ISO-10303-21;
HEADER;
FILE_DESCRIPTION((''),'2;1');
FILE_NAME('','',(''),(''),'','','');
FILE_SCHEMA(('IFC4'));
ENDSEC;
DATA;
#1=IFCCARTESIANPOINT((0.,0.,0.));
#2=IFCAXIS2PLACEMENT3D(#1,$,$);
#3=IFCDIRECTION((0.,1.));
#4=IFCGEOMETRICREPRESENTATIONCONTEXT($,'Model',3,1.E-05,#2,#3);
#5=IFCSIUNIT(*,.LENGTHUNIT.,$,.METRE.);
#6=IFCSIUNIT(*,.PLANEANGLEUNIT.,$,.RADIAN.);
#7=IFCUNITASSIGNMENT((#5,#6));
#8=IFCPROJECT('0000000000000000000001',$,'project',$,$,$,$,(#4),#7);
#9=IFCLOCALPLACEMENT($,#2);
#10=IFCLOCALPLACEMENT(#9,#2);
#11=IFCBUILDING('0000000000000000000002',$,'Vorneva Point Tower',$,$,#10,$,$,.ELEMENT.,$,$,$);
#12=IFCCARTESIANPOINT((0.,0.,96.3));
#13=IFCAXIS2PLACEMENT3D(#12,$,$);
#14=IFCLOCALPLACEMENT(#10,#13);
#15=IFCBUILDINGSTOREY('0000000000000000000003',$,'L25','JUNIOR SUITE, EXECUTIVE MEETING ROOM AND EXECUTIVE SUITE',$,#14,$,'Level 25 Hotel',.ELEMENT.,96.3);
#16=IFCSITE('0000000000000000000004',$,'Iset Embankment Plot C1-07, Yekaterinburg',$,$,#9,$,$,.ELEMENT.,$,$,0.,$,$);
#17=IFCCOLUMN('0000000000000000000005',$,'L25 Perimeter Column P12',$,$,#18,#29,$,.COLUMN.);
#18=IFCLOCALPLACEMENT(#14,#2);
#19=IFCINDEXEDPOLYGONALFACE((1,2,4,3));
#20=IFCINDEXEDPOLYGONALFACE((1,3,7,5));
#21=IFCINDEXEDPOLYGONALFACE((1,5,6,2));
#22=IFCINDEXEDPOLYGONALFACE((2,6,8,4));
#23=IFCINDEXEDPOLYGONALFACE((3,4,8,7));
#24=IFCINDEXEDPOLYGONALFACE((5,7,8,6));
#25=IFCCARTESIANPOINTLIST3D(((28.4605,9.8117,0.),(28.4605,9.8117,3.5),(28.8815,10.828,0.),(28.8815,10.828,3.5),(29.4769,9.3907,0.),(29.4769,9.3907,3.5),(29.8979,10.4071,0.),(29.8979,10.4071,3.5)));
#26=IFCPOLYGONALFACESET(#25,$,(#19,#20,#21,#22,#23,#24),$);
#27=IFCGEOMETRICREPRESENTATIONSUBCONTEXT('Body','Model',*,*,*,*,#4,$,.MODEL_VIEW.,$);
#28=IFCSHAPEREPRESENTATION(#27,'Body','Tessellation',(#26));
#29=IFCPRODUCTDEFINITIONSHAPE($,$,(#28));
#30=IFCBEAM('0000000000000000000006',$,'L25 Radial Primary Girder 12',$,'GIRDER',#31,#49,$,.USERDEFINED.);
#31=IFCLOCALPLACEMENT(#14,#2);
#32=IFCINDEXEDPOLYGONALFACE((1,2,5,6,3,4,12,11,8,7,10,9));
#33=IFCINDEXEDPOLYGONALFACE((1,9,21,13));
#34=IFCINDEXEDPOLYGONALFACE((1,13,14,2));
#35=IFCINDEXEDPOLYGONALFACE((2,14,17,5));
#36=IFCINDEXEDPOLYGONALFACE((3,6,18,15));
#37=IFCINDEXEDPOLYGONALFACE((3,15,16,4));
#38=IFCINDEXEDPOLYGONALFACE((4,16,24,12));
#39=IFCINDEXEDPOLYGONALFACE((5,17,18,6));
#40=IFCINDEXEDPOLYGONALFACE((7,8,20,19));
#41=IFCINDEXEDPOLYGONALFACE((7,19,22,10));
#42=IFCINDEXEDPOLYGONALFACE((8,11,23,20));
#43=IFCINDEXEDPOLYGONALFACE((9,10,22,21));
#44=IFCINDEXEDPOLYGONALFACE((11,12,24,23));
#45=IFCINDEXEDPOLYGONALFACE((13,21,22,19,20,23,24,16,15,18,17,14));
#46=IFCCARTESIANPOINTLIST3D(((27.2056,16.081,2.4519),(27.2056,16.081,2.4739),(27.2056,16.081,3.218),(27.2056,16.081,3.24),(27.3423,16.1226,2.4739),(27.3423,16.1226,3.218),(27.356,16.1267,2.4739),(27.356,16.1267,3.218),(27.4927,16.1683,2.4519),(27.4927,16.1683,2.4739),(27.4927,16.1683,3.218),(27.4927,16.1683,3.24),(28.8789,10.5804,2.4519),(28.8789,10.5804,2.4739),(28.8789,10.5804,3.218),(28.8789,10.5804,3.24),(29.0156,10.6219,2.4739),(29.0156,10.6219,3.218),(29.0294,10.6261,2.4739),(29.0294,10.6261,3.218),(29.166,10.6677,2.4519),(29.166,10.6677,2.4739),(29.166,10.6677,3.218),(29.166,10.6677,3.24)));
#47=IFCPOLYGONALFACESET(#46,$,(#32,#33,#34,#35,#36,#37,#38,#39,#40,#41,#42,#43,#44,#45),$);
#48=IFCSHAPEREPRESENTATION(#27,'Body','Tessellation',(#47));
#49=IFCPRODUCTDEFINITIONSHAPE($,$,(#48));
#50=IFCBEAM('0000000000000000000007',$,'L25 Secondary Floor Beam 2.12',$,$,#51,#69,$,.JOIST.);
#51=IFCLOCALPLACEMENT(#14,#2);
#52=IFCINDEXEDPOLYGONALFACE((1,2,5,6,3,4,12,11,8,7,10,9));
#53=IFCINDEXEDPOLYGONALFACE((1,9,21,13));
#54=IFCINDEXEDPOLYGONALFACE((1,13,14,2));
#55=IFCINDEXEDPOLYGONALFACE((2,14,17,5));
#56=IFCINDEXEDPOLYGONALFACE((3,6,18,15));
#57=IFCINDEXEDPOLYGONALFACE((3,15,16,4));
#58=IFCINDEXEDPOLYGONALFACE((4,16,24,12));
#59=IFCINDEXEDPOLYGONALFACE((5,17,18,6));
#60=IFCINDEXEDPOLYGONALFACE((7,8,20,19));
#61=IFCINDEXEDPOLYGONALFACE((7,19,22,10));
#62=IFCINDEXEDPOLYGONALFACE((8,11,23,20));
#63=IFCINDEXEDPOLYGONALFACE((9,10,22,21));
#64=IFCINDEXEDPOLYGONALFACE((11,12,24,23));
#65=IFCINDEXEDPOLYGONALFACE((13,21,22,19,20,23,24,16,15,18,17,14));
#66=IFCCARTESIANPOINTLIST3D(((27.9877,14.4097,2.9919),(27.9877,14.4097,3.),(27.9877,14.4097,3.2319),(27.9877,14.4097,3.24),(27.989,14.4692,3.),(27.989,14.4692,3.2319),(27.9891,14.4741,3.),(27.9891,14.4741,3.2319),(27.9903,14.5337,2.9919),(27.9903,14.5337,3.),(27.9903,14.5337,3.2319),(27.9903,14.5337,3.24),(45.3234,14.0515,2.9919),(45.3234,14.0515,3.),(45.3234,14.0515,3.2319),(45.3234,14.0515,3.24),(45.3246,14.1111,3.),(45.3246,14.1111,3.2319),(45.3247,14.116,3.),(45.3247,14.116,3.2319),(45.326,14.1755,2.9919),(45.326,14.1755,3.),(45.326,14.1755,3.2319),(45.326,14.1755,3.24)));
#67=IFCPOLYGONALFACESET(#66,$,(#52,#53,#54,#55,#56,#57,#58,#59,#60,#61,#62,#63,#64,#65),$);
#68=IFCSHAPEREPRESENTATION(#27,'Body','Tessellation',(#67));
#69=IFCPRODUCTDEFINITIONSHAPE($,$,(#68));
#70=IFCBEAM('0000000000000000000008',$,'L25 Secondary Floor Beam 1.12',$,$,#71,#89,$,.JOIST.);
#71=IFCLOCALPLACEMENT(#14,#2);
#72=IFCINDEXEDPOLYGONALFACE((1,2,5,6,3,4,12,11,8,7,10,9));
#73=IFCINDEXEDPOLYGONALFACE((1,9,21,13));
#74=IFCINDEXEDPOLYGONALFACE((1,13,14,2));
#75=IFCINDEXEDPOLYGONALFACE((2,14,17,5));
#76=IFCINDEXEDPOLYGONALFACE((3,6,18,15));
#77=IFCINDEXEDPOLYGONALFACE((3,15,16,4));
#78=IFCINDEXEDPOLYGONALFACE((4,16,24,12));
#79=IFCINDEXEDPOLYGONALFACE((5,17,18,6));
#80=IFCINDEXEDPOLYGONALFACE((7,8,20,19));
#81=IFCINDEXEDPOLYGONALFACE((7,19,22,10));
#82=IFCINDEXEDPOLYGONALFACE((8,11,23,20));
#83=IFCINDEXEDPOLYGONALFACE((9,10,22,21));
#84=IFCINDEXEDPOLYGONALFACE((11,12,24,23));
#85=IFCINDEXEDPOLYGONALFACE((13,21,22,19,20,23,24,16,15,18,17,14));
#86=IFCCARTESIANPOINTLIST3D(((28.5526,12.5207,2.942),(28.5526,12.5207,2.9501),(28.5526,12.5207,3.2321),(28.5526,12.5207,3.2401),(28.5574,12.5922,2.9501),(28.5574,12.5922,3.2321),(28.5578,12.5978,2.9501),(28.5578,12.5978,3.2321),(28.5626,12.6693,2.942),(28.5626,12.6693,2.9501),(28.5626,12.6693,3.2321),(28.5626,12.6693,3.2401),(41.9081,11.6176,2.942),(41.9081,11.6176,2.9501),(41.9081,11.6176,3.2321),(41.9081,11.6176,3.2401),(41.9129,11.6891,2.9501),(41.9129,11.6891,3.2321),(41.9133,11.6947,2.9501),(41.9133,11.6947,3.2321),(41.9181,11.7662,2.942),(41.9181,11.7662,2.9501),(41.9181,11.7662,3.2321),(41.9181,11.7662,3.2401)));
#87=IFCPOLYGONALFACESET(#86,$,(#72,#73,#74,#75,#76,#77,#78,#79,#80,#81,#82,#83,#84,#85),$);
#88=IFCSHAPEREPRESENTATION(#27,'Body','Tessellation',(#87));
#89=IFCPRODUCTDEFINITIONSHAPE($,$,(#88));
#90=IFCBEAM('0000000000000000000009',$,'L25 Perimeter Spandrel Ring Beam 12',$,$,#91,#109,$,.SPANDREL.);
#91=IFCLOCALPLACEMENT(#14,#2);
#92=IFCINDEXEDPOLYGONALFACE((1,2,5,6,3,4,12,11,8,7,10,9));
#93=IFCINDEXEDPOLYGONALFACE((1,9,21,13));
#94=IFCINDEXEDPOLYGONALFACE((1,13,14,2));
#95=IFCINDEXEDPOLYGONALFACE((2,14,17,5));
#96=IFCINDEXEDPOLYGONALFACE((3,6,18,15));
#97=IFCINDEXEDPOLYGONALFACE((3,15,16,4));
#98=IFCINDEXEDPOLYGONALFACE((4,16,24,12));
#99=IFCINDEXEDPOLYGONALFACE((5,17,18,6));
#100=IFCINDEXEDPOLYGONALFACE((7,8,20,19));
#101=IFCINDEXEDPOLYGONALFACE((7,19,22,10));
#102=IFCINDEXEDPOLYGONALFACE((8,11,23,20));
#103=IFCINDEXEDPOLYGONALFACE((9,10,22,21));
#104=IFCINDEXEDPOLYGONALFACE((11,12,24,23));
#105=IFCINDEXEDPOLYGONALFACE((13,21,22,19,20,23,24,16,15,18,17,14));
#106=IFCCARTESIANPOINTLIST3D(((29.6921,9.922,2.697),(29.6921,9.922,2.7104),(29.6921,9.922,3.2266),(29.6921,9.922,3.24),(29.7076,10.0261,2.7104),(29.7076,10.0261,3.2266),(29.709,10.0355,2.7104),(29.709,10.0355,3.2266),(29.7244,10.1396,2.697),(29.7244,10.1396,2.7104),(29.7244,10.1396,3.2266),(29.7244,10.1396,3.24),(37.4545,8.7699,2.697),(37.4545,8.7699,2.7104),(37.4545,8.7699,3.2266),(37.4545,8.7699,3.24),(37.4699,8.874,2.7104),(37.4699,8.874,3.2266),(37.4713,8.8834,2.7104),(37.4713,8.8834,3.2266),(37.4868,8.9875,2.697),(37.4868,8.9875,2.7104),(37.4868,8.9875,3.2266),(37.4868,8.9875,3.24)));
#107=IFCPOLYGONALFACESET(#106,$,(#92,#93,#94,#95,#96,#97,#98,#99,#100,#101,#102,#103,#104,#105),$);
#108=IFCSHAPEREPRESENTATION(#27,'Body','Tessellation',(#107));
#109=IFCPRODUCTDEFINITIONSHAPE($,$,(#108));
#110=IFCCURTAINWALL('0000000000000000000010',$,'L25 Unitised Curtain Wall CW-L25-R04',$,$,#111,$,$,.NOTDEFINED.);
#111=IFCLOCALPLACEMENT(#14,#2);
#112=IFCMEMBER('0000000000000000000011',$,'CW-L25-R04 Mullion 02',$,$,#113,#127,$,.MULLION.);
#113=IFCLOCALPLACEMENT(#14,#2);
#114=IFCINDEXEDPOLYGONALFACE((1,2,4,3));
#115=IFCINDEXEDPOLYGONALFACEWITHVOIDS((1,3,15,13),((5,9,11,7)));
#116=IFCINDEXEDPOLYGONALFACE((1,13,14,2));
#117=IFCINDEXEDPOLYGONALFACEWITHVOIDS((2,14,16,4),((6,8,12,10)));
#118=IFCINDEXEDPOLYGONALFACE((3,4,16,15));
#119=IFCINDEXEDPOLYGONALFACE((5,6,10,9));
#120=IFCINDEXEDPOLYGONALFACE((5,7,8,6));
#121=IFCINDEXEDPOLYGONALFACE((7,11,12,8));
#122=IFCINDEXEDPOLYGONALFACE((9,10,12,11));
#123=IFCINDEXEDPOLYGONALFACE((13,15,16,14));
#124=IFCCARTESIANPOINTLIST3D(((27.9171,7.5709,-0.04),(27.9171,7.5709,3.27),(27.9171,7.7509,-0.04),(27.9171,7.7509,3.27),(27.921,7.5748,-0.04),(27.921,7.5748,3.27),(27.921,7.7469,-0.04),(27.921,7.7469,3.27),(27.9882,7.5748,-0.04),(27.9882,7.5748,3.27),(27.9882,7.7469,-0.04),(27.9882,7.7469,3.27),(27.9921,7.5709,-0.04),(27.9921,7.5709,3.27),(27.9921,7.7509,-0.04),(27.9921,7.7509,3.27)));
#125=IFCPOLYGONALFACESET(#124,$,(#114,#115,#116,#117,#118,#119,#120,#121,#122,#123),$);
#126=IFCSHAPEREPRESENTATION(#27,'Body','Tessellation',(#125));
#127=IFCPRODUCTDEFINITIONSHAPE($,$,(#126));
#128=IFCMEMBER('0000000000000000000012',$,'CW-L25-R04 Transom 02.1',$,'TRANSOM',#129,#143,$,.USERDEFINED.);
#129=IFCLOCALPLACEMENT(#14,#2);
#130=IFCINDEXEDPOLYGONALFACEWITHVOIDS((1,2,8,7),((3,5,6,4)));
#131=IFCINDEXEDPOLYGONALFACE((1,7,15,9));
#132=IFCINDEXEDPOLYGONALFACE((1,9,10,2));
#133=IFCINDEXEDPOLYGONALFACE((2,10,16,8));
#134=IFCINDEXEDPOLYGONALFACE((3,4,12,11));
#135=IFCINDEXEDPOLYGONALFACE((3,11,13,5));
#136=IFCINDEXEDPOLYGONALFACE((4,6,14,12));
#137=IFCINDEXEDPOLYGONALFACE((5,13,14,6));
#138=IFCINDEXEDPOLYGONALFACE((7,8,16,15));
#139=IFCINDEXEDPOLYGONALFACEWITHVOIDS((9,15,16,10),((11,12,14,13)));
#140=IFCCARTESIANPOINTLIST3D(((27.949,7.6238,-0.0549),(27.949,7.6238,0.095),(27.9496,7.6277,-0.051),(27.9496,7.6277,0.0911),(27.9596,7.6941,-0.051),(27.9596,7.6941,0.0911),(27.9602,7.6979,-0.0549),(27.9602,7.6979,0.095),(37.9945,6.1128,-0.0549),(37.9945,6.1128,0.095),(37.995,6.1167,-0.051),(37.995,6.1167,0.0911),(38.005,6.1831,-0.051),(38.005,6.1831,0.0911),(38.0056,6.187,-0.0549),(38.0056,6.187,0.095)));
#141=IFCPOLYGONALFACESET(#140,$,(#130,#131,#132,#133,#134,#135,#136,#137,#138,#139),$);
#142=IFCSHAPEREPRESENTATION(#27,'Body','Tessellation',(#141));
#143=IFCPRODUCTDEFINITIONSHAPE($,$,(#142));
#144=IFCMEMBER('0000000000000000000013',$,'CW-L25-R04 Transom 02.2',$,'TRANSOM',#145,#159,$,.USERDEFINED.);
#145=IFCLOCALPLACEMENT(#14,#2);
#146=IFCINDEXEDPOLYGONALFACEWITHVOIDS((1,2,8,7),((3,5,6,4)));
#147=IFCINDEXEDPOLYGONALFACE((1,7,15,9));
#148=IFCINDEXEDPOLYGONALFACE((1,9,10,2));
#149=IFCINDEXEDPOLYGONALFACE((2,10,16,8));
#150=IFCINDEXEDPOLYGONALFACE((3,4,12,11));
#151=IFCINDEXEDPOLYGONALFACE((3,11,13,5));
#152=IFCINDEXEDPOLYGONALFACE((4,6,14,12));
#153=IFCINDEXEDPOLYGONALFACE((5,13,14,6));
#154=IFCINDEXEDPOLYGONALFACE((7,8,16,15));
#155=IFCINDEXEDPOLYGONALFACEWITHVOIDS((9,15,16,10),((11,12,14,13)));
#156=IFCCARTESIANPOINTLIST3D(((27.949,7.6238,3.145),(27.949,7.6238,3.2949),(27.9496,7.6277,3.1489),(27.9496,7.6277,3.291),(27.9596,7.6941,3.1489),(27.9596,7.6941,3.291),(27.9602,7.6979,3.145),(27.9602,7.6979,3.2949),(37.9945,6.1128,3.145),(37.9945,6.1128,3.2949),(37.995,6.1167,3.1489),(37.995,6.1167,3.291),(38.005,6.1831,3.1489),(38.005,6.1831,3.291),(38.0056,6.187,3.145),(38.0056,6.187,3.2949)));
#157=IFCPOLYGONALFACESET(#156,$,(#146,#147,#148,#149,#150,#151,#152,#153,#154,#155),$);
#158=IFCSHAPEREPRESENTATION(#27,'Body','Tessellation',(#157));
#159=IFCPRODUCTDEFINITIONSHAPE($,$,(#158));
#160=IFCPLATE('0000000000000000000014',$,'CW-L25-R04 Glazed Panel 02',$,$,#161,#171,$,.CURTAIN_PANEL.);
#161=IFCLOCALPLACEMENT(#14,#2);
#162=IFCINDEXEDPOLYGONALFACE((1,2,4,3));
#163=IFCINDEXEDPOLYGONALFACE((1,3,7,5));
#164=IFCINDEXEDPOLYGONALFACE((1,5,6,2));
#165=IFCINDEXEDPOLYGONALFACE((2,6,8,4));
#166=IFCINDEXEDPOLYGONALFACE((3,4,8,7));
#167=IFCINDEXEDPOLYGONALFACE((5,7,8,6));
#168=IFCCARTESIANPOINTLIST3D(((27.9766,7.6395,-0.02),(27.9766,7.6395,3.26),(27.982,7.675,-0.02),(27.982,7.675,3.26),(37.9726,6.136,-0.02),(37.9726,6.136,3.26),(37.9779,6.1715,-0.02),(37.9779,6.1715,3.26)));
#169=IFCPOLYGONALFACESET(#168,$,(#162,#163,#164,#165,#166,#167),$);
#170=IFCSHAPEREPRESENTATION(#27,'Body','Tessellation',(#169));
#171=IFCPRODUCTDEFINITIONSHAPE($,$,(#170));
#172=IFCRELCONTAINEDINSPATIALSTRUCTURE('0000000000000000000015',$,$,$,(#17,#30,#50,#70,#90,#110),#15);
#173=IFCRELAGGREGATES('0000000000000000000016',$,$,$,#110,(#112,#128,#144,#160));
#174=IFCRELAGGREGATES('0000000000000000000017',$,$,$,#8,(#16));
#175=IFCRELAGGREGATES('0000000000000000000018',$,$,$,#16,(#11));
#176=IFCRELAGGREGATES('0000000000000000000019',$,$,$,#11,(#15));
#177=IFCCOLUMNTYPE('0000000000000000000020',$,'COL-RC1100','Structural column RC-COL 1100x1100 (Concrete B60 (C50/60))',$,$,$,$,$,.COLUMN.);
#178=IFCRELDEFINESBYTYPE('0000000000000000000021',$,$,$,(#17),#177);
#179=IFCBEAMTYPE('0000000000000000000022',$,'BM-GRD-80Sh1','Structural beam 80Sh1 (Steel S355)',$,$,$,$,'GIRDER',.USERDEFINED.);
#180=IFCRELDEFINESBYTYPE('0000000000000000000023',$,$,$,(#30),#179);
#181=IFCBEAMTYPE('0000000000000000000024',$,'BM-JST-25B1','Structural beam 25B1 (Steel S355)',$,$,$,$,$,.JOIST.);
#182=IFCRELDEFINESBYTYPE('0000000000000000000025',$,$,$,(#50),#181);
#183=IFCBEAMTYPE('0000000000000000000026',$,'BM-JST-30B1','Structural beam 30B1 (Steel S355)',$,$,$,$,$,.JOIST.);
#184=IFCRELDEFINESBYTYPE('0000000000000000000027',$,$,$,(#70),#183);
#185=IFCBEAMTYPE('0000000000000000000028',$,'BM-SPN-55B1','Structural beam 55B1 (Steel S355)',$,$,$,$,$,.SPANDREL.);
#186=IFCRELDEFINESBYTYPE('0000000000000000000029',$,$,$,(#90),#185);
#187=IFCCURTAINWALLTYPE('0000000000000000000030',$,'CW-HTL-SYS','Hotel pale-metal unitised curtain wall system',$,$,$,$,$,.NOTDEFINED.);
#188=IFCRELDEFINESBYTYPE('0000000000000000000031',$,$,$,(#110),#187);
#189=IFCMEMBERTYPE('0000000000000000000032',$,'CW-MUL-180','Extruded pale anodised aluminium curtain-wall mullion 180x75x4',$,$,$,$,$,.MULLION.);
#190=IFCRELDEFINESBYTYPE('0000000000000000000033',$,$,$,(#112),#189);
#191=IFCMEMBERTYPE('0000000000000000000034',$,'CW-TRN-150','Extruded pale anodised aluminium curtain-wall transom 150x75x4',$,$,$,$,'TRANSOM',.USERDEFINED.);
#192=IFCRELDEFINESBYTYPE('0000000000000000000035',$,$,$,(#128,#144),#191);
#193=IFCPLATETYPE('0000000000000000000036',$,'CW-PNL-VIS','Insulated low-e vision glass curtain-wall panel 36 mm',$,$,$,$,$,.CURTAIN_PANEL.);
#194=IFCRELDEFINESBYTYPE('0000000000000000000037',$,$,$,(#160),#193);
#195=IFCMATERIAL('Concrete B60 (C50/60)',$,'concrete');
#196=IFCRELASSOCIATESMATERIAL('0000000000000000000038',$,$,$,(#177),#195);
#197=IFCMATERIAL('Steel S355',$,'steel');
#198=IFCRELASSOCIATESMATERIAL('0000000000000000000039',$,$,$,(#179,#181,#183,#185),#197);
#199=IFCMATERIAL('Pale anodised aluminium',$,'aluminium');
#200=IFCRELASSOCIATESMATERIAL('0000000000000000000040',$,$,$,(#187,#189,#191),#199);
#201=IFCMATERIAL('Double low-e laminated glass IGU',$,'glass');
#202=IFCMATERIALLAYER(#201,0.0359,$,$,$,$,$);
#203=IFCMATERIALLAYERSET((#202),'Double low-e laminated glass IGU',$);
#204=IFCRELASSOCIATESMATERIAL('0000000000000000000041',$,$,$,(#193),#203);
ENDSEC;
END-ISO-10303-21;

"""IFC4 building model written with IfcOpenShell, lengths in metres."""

from ifc_helpers import new_model, si_unit, direction, frame, origin, origin_2d, place, context, subcontext, project, spatial, rectangle, hollow_rectangle, i_section, extrude, material, layer, layer_set, material_profile, profile_set, type_object, element, aggregate, save


model = new_model("IFC4")

# Units and contexts
model_context = context("Model", 3, precision=1e-05, world=origin(), true_north=direction((0.0, 1.0)))
body_context = subcontext(model_context, "Body", "Model", "MODEL_VIEW")
ifc_project = project(units=[si_unit("LENGTHUNIT", "METRE"), si_unit("PLANEANGLEUNIT", "RADIAN")], contexts=[model_context])

# Site, building, storey
site_placement = place(None, origin())
site = spatial("IfcSite", under=ifc_project, at=site_placement, Name="Iset Embankment Plot C1-07, Yekaterinburg", CompositionType="ELEMENT", RefElevation=0.0)
building_placement = place(site_placement, origin())
building = spatial("IfcBuilding", under=site, at=building_placement, Name="Vorneva Point Tower", CompositionType="ELEMENT")
storey_placement = place(building_placement, frame((0.0, 0.0, 96.3)))
storey = spatial("IfcBuildingStorey", under=building, at=storey_placement, Name="L25", Description="JUNIOR SUITE, EXECUTIVE MEETING ROOM AND EXECUTIVE SUITE", LongName="Level 25 Hotel", CompositionType="ELEMENT", Elevation=96.3)

# Column
ifc_material_1 = material(Name="Concrete B60 (C50/60)", Category="concrete")
ifc_material_profile_1 = material_profile(ifc_material_1, rectangle(XDim=1.1001, YDim=1.1001, at=origin_2d()), Name="RC-COL 1100x1100")
ifc_profile_set_1 = profile_set([ifc_material_profile_1], Name="Concrete B60 (C50/60)")
column_type = type_object("IfcColumnType", Name="COL-RC1100", Description="Structural column RC-COL 1100x1100 (Concrete B60 (C50/60))", PredefinedType="COLUMN", material=ifc_profile_set_1)
column_placement = place(storey_placement, frame((29.1792, 10.1094, 0.0), z_axis=(0.0, 0.0, 1.0), x_axis=(-0.382683, -0.92388, 0.0)))
element("IfcColumn", 1, at=column_placement, inside=storey, type_object=column_type, Name="L25 Perimeter Column P12", PredefinedType="COLUMN", context=body_context, shape_type="SweptSolid", body=[
    extrude(rectangle(XDim=1.1001, YDim=1.1001, at=origin_2d()), origin(), (0.0, 0.0, 1.0), 3.5),
])

# Beams
ifc_material_2 = material(Name="Steel S355", Category="steel")
ifc_material_profile_2 = material_profile(ifc_material_2, i_section(OverallWidth=0.3, OverallDepth=0.7881, WebThickness=0.0144, FlangeThickness=0.022, at=origin_2d()), Name="80Sh1")
ifc_profile_set_2 = profile_set([ifc_material_profile_2], Name="Steel S355")
beam_type_1 = type_object("IfcBeamType", Name="BM-GRD-80Sh1", Description="Structural beam 80Sh1 (Steel S355)", ElementType="GIRDER", PredefinedType="USERDEFINED", material=ifc_profile_set_2)
beam_1_placement = place(storey_placement, frame((29.0225, 10.624, 2.8459), z_axis=(-0.291035, 0.956712, 0.0), x_axis=(-0.956712, -0.291035, 0.0)))
element("IfcBeam", 2, at=beam_1_placement, inside=storey, type_object=beam_type_1, Name="L25 Radial Primary Girder 12", ObjectType="GIRDER", PredefinedType="USERDEFINED", context=body_context, shape_type="SweptSolid", body=[
    extrude(i_section(OverallWidth=0.3, OverallDepth=0.7881, WebThickness=0.0144, FlangeThickness=0.022, at=origin_2d()), origin(), (0.0, 0.0, 1.0), 5.7495),
])
ifc_material_profile_3 = material_profile(ifc_material_2, i_section(OverallWidth=0.124, OverallDepth=0.248, WebThickness=0.0049, FlangeThickness=0.0081, at=origin_2d()), Name="25B1")
ifc_profile_set_3 = profile_set([ifc_material_profile_3], Name="Steel S355")
beam_type_2 = type_object("IfcBeamType", Name="BM-JST-25B1", Description="Structural beam 25B1 (Steel S355)", PredefinedType="JOIST", material=ifc_profile_set_3)
beam_2_placement = place(storey_placement, frame((27.989, 14.4717, 3.116), z_axis=(0.999787, -0.020656, 0.0), x_axis=(0.020656, 0.999787, 0.0)))
element("IfcBeam", 3, at=beam_2_placement, inside=storey, type_object=beam_type_2, Name="L25 Secondary Floor Beam 2.12", PredefinedType="JOIST", context=body_context, shape_type="SweptSolid", body=[
    extrude(i_section(OverallWidth=0.124, OverallDepth=0.248, WebThickness=0.0049, FlangeThickness=0.0081, at=origin_2d()), origin(), (0.0, 0.0, 1.0), 17.3394),
])
ifc_material_profile_4 = material_profile(ifc_material_2, i_section(OverallWidth=0.1489, OverallDepth=0.2981, WebThickness=0.0056, FlangeThickness=0.0081, at=origin_2d()), Name="30B1")
ifc_profile_set_4 = profile_set([ifc_material_profile_4], Name="Steel S355")
beam_type_3 = type_object("IfcBeamType", Name="BM-JST-30B1", Description="Structural beam 30B1 (Steel S355)", PredefinedType="JOIST", material=ifc_profile_set_4)
beam_3_placement = place(storey_placement, frame((28.5576, 12.595, 3.0911), z_axis=(0.997722, -0.067464, 0.0), x_axis=(0.067464, 0.997722, 0.0)))
element("IfcBeam", 4, at=beam_3_placement, inside=storey, type_object=beam_type_3, Name="L25 Secondary Floor Beam 1.12", PredefinedType="JOIST", context=body_context, shape_type="SweptSolid", body=[
    extrude(i_section(OverallWidth=0.1489, OverallDepth=0.2981, WebThickness=0.0056, FlangeThickness=0.0081, at=origin_2d()), origin(), (0.0, 0.0, 1.0), 13.386),
])
ifc_material_profile_5 = material_profile(ifc_material_2, i_section(OverallWidth=0.22, OverallDepth=0.543, WebThickness=0.0095, FlangeThickness=0.0134, at=origin_2d()), Name="55B1")
ifc_profile_set_5 = profile_set([ifc_material_profile_5], Name="Steel S355")
beam_type_4 = type_object("IfcBeamType", Name="BM-SPN-55B1", Description="Structural beam 55B1 (Steel S355)", PredefinedType="SPANDREL", material=ifc_profile_set_5)
beam_4_placement = place(storey_placement, frame((29.7083, 10.0308, 2.9685), z_axis=(0.989165, -0.146811, 0.0), x_axis=(0.146811, 0.989165, 0.0)))
element("IfcBeam", 5, at=beam_4_placement, inside=storey, type_object=beam_type_4, Name="L25 Perimeter Spandrel Ring Beam 12", PredefinedType="SPANDREL", context=body_context, shape_type="SweptSolid", body=[
    extrude(i_section(OverallWidth=0.22, OverallDepth=0.543, WebThickness=0.0095, FlangeThickness=0.0134, at=origin_2d()), origin(), (0.0, 0.0, 1.0), 7.8474),
])

# Curtain wall, members, plate
ifc_material_3 = material(Name="Pale anodised aluminium", Category="aluminium")
curtain_wall_type = type_object("IfcCurtainWallType", Name="CW-HTL-SYS", Description="Hotel pale-metal unitised curtain wall system", PredefinedType="NOTDEFINED", material=ifc_material_3)
curtain_wall_placement = place(storey_placement, origin())
curtain_wall = element("IfcCurtainWall", 6, at=curtain_wall_placement, inside=storey, type_object=curtain_wall_type, Name="L25 Unitised Curtain Wall CW-L25-R04", PredefinedType="NOTDEFINED")
ifc_material_profile_6 = material_profile(ifc_material_3, hollow_rectangle(XDim=0.075, YDim=0.1799, WallThickness=0.0039, at=origin_2d()), Name="AL-MUL 180x75x4")
ifc_profile_set_6 = profile_set([ifc_material_profile_6], Name="Pale anodised aluminium")
member_type_1 = type_object("IfcMemberType", Name="CW-MUL-180", Description="Extruded pale anodised aluminium curtain-wall mullion 180x75x4", PredefinedType="MULLION", material=ifc_profile_set_6)
member_1_placement = place(storey_placement, frame((27.9546, 7.6609, -0.04), z_axis=(0.0, 0.0, 1.0), x_axis=(1.0, 0.0, 0.0)))
member_1 = element("IfcMember", 7, at=member_1_placement, type_object=member_type_1, Name="CW-L25-R04 Mullion 02", PredefinedType="MULLION", context=body_context, shape_type="SweptSolid", body=[
    extrude(hollow_rectangle(XDim=0.075, YDim=0.1799, WallThickness=0.0039, at=origin_2d()), origin(), (0.0, 0.0, 1.0), 3.3101),
])
ifc_material_profile_7 = material_profile(ifc_material_3, hollow_rectangle(XDim=0.075, YDim=0.1499, WallThickness=0.0039, at=origin_2d()), Name="AL-TRN 150x75x4")
ifc_profile_set_7 = profile_set([ifc_material_profile_7], Name="Pale anodised aluminium")
member_type_2 = type_object("IfcMemberType", Name="CW-TRN-150", Description="Extruded pale anodised aluminium curtain-wall transom 150x75x4", ElementType="TRANSOM", PredefinedType="USERDEFINED", material=ifc_profile_set_7)
member_2_placement = place(storey_placement, frame((27.9546, 7.6609, 0.02), z_axis=(0.988876, -0.148742, 0.0), x_axis=(0.148742, 0.988876, 0.0)))
member_2 = element("IfcMember", 8, at=member_2_placement, type_object=member_type_2, Name="CW-L25-R04 Transom 02.1", ObjectType="TRANSOM", PredefinedType="USERDEFINED", context=body_context, shape_type="SweptSolid", body=[
    extrude(hollow_rectangle(XDim=0.075, YDim=0.1499, WallThickness=0.0039, at=origin_2d()), origin(), (0.0, 0.0, 1.0), 10.1584),
])
member_3_placement = place(storey_placement, frame((27.9546, 7.6609, 3.22), z_axis=(0.988876, -0.148742, 0.0), x_axis=(0.148742, 0.988876, 0.0)))
member_3 = element("IfcMember", 9, at=member_3_placement, type_object=member_type_2, Name="CW-L25-R04 Transom 02.2", ObjectType="TRANSOM", PredefinedType="USERDEFINED", context=body_context, shape_type="SweptSolid", body=[
    extrude(hollow_rectangle(XDim=0.075, YDim=0.1499, WallThickness=0.0039, at=origin_2d()), origin(), (0.0, 0.0, 1.0), 10.1584),
])
ifc_material_4 = material(Name="Double low-e laminated glass IGU", Category="glass")
ifc_layer_1 = layer(ifc_material_4, 0.0359)
ifc_layer_set_1 = layer_set([ifc_layer_1], Name="Double low-e laminated glass IGU")
plate_type = type_object("IfcPlateType", Name="CW-PNL-VIS", Description="Insulated low-e vision glass curtain-wall panel 36 mm", PredefinedType="CURTAIN_PANEL", material=ifc_layer_set_1)
plate_placement = place(storey_placement, frame((32.9773, 6.9055, -0.02), z_axis=(0.0, 0.0, 1.0), x_axis=(0.988876, -0.148741, 0.0)))
plate = element("IfcPlate", 10, at=plate_placement, type_object=plate_type, Name="CW-L25-R04 Glazed Panel 02", PredefinedType="CURTAIN_PANEL", context=body_context, shape_type="SweptSolid", body=[
    extrude(rectangle(XDim=10.1084, YDim=0.0359, at=origin_2d()), origin(), (0.0, 0.0, 1.0), 3.28),
])
aggregate(curtain_wall, [member_1, member_2, member_3, plate])

save(model, "model.ifc")
